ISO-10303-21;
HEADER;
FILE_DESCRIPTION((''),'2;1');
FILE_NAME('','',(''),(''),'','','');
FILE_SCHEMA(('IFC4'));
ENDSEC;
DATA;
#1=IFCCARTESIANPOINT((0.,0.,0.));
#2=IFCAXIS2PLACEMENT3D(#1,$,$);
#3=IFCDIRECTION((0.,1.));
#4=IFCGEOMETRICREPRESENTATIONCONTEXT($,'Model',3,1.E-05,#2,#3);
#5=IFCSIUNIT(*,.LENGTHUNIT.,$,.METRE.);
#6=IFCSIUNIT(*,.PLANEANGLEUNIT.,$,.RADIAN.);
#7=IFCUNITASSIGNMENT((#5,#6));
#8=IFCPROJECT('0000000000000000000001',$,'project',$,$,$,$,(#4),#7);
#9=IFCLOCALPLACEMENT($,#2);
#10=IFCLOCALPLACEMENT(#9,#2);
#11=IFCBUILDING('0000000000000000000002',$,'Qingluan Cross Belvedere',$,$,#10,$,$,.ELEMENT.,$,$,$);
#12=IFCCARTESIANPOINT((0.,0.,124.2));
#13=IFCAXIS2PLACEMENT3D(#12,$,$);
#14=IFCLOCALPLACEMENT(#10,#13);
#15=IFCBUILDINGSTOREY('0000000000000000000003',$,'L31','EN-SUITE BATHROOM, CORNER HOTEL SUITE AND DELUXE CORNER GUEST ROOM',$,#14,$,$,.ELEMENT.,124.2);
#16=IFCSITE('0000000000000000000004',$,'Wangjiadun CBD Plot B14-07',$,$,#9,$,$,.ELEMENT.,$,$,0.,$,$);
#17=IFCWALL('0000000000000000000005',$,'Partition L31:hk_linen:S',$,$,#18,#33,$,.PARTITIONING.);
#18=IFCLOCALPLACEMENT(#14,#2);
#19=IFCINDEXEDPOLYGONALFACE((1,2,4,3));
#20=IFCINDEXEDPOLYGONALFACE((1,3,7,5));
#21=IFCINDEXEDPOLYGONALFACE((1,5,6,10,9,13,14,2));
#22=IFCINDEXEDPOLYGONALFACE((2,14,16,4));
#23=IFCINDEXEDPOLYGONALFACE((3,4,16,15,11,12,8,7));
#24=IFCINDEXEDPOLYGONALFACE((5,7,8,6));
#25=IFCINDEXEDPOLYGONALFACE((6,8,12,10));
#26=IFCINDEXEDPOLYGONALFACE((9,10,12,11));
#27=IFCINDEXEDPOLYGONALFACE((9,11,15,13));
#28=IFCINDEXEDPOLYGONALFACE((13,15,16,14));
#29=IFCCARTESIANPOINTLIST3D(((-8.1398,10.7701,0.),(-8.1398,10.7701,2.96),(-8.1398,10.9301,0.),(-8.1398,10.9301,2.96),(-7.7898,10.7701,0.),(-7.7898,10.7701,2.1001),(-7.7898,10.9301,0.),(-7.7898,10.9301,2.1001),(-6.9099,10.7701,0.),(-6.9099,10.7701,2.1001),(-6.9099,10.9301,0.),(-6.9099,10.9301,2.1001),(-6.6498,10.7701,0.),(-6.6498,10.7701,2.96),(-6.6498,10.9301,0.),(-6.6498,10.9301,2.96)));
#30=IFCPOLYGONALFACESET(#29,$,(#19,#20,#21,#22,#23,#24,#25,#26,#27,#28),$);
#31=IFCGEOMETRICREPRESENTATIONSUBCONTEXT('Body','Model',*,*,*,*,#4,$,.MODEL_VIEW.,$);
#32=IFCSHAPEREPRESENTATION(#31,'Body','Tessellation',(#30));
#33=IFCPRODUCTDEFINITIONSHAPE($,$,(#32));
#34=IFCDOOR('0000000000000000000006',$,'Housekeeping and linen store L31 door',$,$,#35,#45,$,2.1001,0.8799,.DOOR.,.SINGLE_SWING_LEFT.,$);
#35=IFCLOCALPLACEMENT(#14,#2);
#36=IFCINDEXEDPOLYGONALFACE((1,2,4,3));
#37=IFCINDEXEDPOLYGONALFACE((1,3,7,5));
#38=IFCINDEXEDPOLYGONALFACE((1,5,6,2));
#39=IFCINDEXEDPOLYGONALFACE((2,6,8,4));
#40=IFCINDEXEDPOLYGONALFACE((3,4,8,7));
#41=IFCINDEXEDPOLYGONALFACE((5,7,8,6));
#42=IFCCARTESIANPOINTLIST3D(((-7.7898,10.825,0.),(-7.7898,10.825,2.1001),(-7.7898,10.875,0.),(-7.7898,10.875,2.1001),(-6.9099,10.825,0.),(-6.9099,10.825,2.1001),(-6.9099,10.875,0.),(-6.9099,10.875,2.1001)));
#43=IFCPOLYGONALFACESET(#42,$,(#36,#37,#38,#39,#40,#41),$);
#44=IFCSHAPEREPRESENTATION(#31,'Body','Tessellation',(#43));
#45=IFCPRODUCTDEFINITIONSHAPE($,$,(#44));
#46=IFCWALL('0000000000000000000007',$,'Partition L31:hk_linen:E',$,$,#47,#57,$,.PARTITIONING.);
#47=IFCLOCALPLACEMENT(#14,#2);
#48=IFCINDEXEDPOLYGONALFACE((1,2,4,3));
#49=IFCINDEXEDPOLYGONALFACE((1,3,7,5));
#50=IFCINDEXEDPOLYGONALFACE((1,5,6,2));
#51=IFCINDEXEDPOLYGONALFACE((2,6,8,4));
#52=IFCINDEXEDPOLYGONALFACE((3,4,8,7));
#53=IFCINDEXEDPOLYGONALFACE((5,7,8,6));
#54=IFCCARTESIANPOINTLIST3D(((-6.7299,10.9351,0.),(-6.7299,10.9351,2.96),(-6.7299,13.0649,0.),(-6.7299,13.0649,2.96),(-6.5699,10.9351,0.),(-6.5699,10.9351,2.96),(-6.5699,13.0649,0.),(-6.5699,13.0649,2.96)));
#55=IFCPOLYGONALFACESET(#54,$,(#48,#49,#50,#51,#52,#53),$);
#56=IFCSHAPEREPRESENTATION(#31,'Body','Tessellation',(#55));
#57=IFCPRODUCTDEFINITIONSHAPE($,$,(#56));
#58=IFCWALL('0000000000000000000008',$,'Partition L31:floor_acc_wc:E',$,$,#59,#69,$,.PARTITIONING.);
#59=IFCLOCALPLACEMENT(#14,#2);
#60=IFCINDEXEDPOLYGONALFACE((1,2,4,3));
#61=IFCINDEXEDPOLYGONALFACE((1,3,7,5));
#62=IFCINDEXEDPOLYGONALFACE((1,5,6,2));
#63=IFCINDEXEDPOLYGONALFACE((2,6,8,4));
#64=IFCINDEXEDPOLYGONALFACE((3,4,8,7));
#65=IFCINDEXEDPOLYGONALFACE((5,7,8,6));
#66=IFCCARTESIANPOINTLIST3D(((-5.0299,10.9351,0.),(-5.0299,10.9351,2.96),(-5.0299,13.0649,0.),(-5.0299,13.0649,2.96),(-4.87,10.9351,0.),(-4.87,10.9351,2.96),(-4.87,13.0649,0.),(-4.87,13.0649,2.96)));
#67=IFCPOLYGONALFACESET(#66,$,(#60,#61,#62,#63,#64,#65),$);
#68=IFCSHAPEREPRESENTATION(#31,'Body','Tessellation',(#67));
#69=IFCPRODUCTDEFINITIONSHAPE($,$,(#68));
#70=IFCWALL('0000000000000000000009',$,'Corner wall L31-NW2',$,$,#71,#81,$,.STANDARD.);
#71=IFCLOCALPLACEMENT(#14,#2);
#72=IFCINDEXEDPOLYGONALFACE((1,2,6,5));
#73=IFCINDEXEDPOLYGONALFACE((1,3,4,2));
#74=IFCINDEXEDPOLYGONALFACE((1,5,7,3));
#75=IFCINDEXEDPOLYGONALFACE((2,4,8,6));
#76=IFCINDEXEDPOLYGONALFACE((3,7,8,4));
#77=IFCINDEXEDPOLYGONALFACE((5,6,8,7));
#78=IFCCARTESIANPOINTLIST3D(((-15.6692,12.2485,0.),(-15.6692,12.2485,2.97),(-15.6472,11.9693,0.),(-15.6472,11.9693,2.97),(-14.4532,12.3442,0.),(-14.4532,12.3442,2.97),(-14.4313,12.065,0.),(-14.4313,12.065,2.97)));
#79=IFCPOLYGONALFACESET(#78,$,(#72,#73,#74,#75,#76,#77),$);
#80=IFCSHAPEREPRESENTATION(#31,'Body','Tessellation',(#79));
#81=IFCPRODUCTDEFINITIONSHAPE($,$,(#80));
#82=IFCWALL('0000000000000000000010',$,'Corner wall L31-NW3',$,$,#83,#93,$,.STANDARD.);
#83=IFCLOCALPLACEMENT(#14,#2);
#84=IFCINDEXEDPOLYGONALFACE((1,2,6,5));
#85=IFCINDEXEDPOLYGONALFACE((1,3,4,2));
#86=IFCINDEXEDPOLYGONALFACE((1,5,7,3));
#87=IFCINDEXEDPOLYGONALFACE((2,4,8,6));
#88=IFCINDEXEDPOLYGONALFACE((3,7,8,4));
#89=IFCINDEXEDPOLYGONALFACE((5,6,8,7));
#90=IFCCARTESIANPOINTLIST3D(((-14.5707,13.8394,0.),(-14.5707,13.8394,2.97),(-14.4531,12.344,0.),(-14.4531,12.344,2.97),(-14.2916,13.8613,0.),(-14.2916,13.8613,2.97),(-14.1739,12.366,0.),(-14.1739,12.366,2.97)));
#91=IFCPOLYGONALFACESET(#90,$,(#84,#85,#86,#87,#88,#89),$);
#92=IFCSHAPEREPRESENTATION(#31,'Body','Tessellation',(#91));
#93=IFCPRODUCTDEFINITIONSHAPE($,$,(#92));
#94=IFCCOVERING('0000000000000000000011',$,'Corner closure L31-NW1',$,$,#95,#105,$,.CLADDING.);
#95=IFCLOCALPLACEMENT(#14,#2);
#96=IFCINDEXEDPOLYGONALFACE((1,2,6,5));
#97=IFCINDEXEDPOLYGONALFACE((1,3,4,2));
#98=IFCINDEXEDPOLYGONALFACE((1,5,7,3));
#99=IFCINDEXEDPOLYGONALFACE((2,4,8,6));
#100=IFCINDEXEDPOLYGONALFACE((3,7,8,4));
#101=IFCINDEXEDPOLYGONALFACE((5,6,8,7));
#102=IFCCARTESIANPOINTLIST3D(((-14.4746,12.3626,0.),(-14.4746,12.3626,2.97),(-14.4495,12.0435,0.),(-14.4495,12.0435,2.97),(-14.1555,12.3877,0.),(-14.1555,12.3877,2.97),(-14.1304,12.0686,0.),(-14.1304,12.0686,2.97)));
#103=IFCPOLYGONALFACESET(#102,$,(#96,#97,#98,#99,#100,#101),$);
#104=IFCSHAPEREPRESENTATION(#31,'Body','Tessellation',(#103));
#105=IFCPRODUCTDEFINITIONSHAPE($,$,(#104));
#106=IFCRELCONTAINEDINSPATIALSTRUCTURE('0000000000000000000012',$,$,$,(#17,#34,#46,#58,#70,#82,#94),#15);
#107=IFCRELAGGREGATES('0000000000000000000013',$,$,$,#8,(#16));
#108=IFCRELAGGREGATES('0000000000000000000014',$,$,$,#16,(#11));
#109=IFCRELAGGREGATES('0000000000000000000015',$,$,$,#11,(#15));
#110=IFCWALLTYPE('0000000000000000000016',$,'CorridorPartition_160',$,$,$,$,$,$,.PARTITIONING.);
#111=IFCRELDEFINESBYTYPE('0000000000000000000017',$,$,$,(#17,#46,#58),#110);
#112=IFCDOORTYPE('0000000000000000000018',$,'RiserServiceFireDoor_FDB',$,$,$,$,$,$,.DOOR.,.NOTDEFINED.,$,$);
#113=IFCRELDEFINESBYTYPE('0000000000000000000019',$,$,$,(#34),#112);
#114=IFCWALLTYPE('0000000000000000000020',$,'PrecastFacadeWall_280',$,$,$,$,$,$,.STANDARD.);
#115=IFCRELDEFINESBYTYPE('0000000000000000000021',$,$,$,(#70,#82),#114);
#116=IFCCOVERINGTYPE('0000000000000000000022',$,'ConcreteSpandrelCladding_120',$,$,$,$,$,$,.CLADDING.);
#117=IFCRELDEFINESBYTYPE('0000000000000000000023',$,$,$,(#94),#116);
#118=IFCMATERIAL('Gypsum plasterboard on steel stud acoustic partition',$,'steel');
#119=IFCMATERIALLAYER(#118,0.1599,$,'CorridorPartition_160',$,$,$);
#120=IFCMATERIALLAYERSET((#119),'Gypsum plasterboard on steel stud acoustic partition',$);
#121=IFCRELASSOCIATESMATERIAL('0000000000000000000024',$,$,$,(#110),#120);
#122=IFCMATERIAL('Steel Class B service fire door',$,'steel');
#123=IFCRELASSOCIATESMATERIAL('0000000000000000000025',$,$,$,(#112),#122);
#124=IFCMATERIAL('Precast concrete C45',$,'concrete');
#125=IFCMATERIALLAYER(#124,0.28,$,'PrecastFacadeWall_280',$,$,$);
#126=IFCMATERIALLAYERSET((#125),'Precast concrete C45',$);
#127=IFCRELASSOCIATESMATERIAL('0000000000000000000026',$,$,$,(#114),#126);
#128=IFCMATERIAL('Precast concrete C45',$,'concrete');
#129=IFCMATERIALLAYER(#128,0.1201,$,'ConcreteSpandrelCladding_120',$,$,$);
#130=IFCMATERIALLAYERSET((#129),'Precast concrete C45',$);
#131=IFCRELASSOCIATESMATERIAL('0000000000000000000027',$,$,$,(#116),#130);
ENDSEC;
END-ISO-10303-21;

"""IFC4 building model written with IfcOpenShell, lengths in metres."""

from ifc_helpers import new_model, si_unit, direction, frame, frame_2d, origin, origin_2d, place, context, subcontext, project, spatial, rectangle, extrude, material, layer, layer_set, type_object, element, fill, save


model = new_model("IFC4")

# Units and contexts
model_context = context("Model", 3, precision=1e-05, world=origin(), true_north=direction((0.0, 1.0)))
body_context = subcontext(model_context, "Body", "Model", "MODEL_VIEW")
ifc_project = project(units=[si_unit("LENGTHUNIT", "METRE"), si_unit("PLANEANGLEUNIT", "RADIAN")], contexts=[model_context])

# Site, building, storey
site_placement = place(None, origin())
site = spatial("IfcSite", under=ifc_project, at=site_placement, Name="Wangjiadun CBD Plot B14-07", CompositionType="ELEMENT", RefElevation=0.0)
building_placement = place(site_placement, origin())
building = spatial("IfcBuilding", under=site, at=building_placement, Name="Qingluan Cross Belvedere", CompositionType="ELEMENT")
storey_placement = place(building_placement, frame((0.0, 0.0, 124.2)))
storey = spatial("IfcBuildingStorey", under=building, at=storey_placement, Name="L31", Description="EN-SUITE BATHROOM, CORNER HOTEL SUITE AND DELUXE CORNER GUEST ROOM", CompositionType="ELEMENT", Elevation=124.2)

# Shared definitions
ifc_material_1 = material(Name="Gypsum plasterboard on steel stud acoustic partition", Category="steel")
ifc_layer_1 = layer(ifc_material_1, 0.1599, Name="CorridorPartition_160")
ifc_layer_set_1 = layer_set([ifc_layer_1], Name="Gypsum plasterboard on steel stud acoustic partition")
wall_type_1 = type_object("IfcWallType", Name="CorridorPartition_160", PredefinedType="PARTITIONING", material=ifc_layer_set_1)

# Wall, opening, door
wall_1_placement = place(storey_placement, frame((-8.1399, 10.8501, 0.0), z_axis=(0.0, 0.0, 1.0), x_axis=(1.0, 0.0, 0.0)))
wall_1 = element("IfcWall", 1, at=wall_1_placement, inside=storey, type_object=wall_type_1, Name="Partition L31:hk_linen:S", PredefinedType="PARTITIONING", context=body_context, shape_type="SweptSolid", body=[
    extrude(rectangle(XDim=1.49, YDim=0.1599, at=frame_2d((0.7451, 0.0))), origin(), (0.0, 0.0, 1.0), 2.96),
])
opening_1_placement = place(wall_1_placement, frame((0.3501, 0.0, 0.0)))
opening_1 = element("IfcOpeningElement", 2, at=opening_1_placement, cuts=wall_1, PredefinedType="OPENING", context=body_context, shape_type="SweptSolid", body=[
    extrude(rectangle(XDim=0.8799, YDim=2.1001, at=frame_2d((0.4399, 1.05))), frame((0.0, 0.0898, 0.0), z_axis=(0.0, -1.0, 0.0), x_axis=(1.0, 0.0, 0.0)), (0.0, 0.0, 1.0), 0.1799),
])
ifc_material_2 = material(Name="Steel Class B service fire door", Category="steel")
door_type_1 = type_object("IfcDoorType", Name="RiserServiceFireDoor_FDB", OperationType="NOTDEFINED", PredefinedType="DOOR", material=ifc_material_2)
door_1_placement = place(opening_1_placement, origin())
door_1 = element("IfcDoor", 3, at=door_1_placement, inside=storey, type_object=door_type_1, Name="Housekeeping and linen store L31 door", OperationType="SINGLE_SWING_LEFT", OverallHeight=2.1001, OverallWidth=0.8799, PredefinedType="DOOR", context=body_context, shape_type="SweptSolid", body=[
    extrude(rectangle(XDim=0.8799, YDim=2.1001, at=frame_2d((0.4399, 1.05))), frame((0.0, 0.0249, 0.0), z_axis=(0.0, -1.0, 0.0), x_axis=(1.0, 0.0, 0.0)), (0.0, 0.0, 1.0), 0.05),
])
fill(opening_1, door_1)

# Wall
wall_2_placement = place(storey_placement, frame((-6.6499, 10.9351, 0.0), z_axis=(0.0, 0.0, 1.0), x_axis=(0.0, 1.0, 0.0)))
element("IfcWall", 4, at=wall_2_placement, inside=storey, type_object=wall_type_1, Name="Partition L31:hk_linen:E", PredefinedType="PARTITIONING", context=body_context, shape_type="SweptSolid", body=[
    extrude(rectangle(XDim=2.1299, YDim=0.1599, at=frame_2d((1.0649, 0.0))), origin(), (0.0, 0.0, 1.0), 2.96),
])

# Walls
wall_3_placement = place(storey_placement, frame((-4.95, 10.9351, 0.0), z_axis=(0.0, 0.0, 1.0), x_axis=(0.0, 1.0, 0.0)))
element("IfcWall", 5, at=wall_3_placement, inside=storey, type_object=wall_type_1, Name="Partition L31:floor_acc_wc:E", PredefinedType="PARTITIONING", context=body_context, shape_type="SweptSolid", body=[
    extrude(rectangle(XDim=2.1299, YDim=0.1599, at=frame_2d((1.0649, 0.0))), origin(), (0.0, 0.0, 1.0), 2.96),
])
ifc_material_3 = material(Name="Precast concrete C45", Category="concrete")
ifc_layer_2 = layer(ifc_material_3, 0.28, Name="PrecastFacadeWall_280")
ifc_layer_set_2 = layer_set([ifc_layer_2], Name="Precast concrete C45")
wall_type_2 = type_object("IfcWallType", Name="PrecastFacadeWall_280", PredefinedType="STANDARD", material=ifc_layer_set_2)
wall_4_placement = place(storey_placement, frame((-15.6582, 12.1089, 0.0), z_axis=(0.0, 0.0, 1.0), x_axis=(0.996918, 0.078456, 0.0)))
element("IfcWall", 6, at=wall_4_placement, inside=storey, type_object=wall_type_2, Name="Corner wall L31-NW2", PredefinedType="STANDARD", context=body_context, shape_type="SweptSolid", body=[
    extrude(rectangle(XDim=1.2197, YDim=0.28, at=frame_2d((0.6099, 0.0))), origin(), (0.0, 0.0, 1.0), 2.97),
])
wall_5_placement = place(storey_placement, frame((-14.3135, 12.355, 0.0), z_axis=(0.0, 0.0, 1.0), x_axis=(-0.078451, 0.996918, 0.0)))
element("IfcWall", 7, at=wall_5_placement, inside=storey, type_object=wall_type_2, Name="Corner wall L31-NW3", PredefinedType="STANDARD", context=body_context, shape_type="SweptSolid", body=[
    extrude(rectangle(XDim=1.5, YDim=0.28, at=frame_2d((0.75, 0.0))), origin(), (0.0, 0.0, 1.0), 2.97),
])

# Covering
ifc_material_4 = material(Name="Precast concrete C45", Category="concrete")
ifc_layer_3 = layer(ifc_material_4, 0.1201, Name="ConcreteSpandrelCladding_120")
ifc_layer_set_3 = layer_set([ifc_layer_3], Name="Precast concrete C45")
covering_type = type_object("IfcCoveringType", Name="ConcreteSpandrelCladding_120", PredefinedType="CLADDING", material=ifc_layer_set_3)
covering_placement = place(storey_placement, frame((-14.3025, 12.2156, 0.0), z_axis=(0.0, 0.0, 1.0), x_axis=(0.996917, 0.078459, 0.0)))
element("IfcCovering", 8, at=covering_placement, inside=storey, type_object=covering_type, Name="Corner closure L31-NW1", PredefinedType="CLADDING", context=body_context, shape_type="SweptSolid", body=[
    extrude(rectangle(XDim=0.3201, YDim=0.3201, at=origin_2d()), origin(), (0.0, 0.0, 1.0), 2.97),
])

save(model, "model.ifc")
